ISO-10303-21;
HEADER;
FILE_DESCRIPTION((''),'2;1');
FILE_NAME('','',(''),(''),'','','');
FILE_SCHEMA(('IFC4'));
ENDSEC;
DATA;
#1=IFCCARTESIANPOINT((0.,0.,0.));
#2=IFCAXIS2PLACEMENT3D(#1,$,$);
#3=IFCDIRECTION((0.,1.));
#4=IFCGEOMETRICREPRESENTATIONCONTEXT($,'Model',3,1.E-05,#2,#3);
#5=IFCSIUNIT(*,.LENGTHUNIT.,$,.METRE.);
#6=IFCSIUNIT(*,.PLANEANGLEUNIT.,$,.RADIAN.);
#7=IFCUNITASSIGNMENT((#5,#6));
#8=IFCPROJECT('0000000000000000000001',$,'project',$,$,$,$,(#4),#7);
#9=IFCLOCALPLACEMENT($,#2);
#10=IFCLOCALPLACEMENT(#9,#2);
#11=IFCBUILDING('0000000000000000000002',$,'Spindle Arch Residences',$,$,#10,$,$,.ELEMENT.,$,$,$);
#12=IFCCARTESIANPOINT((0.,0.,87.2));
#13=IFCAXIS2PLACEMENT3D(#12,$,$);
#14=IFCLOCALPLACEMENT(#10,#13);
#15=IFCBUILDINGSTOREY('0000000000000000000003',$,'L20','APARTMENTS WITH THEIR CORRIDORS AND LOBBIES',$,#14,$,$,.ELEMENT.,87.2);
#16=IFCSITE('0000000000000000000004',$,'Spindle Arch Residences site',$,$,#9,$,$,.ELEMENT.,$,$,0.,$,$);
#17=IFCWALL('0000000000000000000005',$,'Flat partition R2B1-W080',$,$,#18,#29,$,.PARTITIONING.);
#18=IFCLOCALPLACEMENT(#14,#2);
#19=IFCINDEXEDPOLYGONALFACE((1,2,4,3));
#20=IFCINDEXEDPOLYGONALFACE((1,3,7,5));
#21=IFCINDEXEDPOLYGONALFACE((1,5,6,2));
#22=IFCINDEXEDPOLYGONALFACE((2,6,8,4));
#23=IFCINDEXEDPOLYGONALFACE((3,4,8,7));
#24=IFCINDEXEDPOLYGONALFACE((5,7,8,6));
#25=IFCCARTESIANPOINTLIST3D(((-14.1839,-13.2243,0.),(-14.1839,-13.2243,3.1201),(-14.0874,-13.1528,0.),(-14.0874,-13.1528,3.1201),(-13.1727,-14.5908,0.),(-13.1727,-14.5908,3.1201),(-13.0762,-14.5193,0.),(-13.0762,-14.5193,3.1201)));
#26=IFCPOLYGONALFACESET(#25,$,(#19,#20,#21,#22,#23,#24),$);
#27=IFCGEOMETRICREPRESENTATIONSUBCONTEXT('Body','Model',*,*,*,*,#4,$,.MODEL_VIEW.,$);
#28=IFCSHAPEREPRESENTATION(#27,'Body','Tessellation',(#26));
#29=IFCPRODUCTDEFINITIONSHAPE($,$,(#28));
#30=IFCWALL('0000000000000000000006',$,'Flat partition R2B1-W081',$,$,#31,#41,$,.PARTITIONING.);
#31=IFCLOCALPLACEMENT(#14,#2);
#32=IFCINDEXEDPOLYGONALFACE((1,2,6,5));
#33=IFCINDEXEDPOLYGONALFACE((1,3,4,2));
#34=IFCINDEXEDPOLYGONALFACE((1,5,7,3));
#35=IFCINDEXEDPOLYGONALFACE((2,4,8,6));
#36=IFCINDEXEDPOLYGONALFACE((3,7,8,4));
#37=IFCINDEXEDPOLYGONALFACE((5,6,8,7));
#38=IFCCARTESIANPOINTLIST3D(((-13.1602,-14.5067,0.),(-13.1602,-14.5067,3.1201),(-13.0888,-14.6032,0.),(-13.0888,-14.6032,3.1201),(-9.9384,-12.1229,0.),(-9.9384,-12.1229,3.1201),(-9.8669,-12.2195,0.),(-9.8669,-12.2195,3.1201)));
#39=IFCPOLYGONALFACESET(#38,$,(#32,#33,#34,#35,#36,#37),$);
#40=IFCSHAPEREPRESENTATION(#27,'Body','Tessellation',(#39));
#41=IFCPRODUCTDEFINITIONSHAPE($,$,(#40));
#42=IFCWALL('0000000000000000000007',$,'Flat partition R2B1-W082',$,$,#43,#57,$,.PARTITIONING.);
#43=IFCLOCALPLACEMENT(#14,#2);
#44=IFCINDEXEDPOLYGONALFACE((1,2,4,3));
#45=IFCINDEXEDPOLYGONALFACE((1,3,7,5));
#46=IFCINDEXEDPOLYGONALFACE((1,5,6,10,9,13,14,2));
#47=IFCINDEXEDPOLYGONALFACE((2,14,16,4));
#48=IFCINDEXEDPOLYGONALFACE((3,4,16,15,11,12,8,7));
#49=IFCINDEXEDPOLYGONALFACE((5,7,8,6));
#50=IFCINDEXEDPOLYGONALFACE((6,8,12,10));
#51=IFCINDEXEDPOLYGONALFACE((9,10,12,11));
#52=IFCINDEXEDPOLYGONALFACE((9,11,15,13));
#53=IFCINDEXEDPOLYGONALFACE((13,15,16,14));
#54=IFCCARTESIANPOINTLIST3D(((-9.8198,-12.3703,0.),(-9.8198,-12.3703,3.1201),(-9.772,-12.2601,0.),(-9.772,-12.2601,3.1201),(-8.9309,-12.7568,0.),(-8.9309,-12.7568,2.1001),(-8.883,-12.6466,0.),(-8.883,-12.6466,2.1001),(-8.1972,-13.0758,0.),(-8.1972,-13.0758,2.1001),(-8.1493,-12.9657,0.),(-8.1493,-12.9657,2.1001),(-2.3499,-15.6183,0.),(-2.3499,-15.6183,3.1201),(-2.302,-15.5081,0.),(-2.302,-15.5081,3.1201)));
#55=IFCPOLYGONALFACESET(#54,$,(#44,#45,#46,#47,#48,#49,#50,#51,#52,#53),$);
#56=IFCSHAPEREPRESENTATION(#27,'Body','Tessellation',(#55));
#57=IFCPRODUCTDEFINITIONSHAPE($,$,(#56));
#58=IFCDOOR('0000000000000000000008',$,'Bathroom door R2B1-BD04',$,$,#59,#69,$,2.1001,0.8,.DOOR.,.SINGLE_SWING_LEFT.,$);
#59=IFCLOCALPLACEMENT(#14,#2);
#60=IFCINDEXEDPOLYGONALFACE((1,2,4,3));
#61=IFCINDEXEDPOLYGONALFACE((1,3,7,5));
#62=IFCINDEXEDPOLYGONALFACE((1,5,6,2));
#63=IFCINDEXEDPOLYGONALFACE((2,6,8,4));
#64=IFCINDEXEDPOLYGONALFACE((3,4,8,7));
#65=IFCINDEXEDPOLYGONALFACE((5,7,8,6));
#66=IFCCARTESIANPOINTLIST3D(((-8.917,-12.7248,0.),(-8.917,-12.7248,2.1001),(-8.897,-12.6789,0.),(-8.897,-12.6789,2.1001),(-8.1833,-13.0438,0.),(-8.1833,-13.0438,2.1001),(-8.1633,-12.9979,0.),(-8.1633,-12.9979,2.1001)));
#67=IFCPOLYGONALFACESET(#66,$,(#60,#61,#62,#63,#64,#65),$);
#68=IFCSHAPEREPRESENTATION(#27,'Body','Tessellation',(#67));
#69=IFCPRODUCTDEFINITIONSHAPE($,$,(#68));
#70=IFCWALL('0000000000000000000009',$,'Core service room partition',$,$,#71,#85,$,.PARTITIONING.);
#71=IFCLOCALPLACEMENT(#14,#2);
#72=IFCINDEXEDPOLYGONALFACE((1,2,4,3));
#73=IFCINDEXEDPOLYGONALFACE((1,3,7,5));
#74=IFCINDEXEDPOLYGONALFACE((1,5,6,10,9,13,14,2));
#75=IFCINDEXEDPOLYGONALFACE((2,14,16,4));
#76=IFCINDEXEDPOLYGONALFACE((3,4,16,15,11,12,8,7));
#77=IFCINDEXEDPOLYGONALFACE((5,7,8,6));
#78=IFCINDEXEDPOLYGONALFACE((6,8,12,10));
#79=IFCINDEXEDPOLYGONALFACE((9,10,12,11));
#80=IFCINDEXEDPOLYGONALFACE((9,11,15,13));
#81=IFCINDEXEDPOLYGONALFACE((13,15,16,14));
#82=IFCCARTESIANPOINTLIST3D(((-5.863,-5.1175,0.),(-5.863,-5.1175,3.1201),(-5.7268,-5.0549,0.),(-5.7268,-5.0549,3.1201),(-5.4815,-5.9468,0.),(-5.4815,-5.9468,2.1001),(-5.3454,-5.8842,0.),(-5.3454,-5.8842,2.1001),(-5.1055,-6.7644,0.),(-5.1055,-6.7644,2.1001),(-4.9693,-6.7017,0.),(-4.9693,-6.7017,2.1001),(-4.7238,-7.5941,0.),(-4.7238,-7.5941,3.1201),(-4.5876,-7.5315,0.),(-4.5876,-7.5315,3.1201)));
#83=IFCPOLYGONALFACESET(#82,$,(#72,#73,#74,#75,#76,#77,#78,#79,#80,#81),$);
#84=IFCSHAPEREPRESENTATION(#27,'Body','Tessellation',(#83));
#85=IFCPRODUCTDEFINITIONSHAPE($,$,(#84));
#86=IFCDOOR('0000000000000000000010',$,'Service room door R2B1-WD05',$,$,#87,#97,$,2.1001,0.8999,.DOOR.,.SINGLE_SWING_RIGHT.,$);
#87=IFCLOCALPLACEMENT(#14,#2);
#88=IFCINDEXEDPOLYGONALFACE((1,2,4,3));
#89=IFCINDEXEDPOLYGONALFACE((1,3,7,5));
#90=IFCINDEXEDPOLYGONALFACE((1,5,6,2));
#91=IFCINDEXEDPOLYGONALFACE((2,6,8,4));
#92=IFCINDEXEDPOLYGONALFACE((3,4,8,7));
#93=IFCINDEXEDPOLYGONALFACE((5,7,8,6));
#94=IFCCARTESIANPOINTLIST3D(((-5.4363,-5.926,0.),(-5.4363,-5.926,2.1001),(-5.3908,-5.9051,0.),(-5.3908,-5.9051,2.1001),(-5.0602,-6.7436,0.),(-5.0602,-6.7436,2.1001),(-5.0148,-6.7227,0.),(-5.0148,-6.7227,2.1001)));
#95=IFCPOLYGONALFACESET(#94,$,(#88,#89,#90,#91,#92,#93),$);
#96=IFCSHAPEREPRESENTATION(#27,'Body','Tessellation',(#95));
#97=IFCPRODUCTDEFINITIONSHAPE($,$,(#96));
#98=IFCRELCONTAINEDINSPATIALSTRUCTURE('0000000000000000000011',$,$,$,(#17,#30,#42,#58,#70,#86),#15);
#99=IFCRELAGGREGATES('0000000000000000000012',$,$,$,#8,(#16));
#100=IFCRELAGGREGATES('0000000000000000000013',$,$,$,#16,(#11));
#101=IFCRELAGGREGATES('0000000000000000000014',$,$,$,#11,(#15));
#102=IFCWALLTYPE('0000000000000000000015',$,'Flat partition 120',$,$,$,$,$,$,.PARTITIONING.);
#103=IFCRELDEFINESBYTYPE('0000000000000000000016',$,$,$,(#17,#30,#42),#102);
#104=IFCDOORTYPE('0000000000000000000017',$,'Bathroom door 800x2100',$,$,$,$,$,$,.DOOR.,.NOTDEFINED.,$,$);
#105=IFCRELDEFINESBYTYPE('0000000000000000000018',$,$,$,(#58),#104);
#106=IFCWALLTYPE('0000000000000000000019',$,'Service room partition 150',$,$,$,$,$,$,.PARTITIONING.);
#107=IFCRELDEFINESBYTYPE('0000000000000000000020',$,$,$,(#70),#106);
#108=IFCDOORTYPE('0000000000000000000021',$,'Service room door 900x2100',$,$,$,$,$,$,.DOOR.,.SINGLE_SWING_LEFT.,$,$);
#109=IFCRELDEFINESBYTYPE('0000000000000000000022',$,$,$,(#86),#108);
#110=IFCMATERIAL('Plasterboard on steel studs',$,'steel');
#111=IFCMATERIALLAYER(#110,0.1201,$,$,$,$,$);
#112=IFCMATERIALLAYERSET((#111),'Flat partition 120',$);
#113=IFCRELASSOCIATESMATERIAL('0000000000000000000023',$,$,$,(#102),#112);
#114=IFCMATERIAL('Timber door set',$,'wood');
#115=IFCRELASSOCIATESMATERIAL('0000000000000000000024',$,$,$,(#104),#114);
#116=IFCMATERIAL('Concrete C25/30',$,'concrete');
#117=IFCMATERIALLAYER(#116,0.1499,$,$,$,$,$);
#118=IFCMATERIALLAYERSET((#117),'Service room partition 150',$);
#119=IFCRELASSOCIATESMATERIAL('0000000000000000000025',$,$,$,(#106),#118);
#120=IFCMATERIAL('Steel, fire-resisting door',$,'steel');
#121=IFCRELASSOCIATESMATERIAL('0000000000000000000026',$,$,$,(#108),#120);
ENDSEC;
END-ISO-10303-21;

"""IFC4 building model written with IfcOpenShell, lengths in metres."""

from ifc_helpers import new_model, si_unit, direction, frame, frame_2d, origin, place, context, subcontext, project, spatial, rectangle, extrude, material, layer, layer_set, type_object, element, fill, save


model = new_model("IFC4")

# Units and contexts
model_context = context("Model", 3, precision=1e-05, world=origin(), true_north=direction((0.0, 1.0)))
body_context = subcontext(model_context, "Body", "Model", "MODEL_VIEW")
ifc_project = project(units=[si_unit("LENGTHUNIT", "METRE"), si_unit("PLANEANGLEUNIT", "RADIAN")], contexts=[model_context])

# Site, building, storey
site_placement = place(None, origin())
site = spatial("IfcSite", under=ifc_project, at=site_placement, Name="Spindle Arch Residences site", CompositionType="ELEMENT", RefElevation=0.0)
building_placement = place(site_placement, origin())
building = spatial("IfcBuilding", under=site, at=building_placement, Name="Spindle Arch Residences", CompositionType="ELEMENT")
storey_placement = place(building_placement, frame((0.0, 0.0, 87.2)))
storey = spatial("IfcBuildingStorey", under=building, at=storey_placement, Name="L20", Description="APARTMENTS WITH THEIR CORRIDORS AND LOBBIES", CompositionType="ELEMENT", Elevation=87.2)

# Shared definitions
ifc_material_1 = material(Name="Plasterboard on steel studs", Category="steel")
ifc_layer_1 = layer(ifc_material_1, 0.1201)
ifc_layer_set_1 = layer_set([ifc_layer_1], Name="Flat partition 120")
wall_type_1 = type_object("IfcWallType", Name="Flat partition 120", PredefinedType="PARTITIONING", material=ifc_layer_set_1)

# Walls
wall_1_placement = place(storey_placement, frame((-14.1357, -13.1885, 0.0), z_axis=(0.0, 0.0, 1.0), x_axis=(0.594863, -0.803827, 0.0)))
element("IfcWall", 1, at=wall_1_placement, inside=storey, type_object=wall_type_1, Name="Flat partition R2B1-W080", PredefinedType="PARTITIONING", context=body_context, shape_type="SweptSolid", body=[
    extrude(rectangle(XDim=1.7, YDim=0.1201, at=frame_2d((0.8501, 0.0))), origin(), (0.0, 0.0, 1.0), 3.1201),
])
wall_2_placement = place(storey_placement, frame((-13.1245, -14.5549, 0.0), z_axis=(0.0, 0.0, 1.0), x_axis=(0.803894, 0.594773, 0.0)))
element("IfcWall", 2, at=wall_2_placement, inside=storey, type_object=wall_type_1, Name="Flat partition R2B1-W081", PredefinedType="PARTITIONING", context=body_context, shape_type="SweptSolid", body=[
    extrude(rectangle(XDim=4.0078, YDim=0.1201, at=frame_2d((2.0039, 0.0))), origin(), (0.0, 0.0, 1.0), 3.1201),
])

# Walls, openings, doors
wall_3_placement = place(storey_placement, frame((-9.7959, -12.3152, 0.0), z_axis=(0.0, 0.0, 1.0), x_axis=(0.91706, -0.39875, 0.0)))
wall_3 = element("IfcWall", 3, at=wall_3_placement, inside=storey, type_object=wall_type_1, Name="Flat partition R2B1-W082", PredefinedType="PARTITIONING", context=body_context, shape_type="SweptSolid", body=[
    extrude(rectangle(XDim=8.1455, YDim=0.1201, at=frame_2d((4.0728, 0.0))), origin(), (0.0, 0.0, 1.0), 3.1201),
])
opening_1_placement = place(wall_3_placement, frame((0.9695, 0.0, 0.0)))
opening_1 = element("IfcOpeningElement", 4, at=opening_1_placement, cuts=wall_3, PredefinedType="OPENING", context=body_context, shape_type="SweptSolid", body=[
    extrude(rectangle(XDim=0.8, YDim=2.1001, at=frame_2d((0.3999, 1.05))), frame((0.0, 0.0701, 0.0), z_axis=(0.0, -1.0, 0.0), x_axis=(1.0, 0.0, 0.0)), (0.0, 0.0, 1.0), 0.1401),
])
ifc_material_2 = material(Name="Timber door set", Category="wood")
door_type_1 = type_object("IfcDoorType", Name="Bathroom door 800x2100", OperationType="NOTDEFINED", PredefinedType="DOOR", material=ifc_material_2)
door_1_placement = place(opening_1_placement, origin())
door_1 = element("IfcDoor", 5, at=door_1_placement, inside=storey, type_object=door_type_1, Name="Bathroom door R2B1-BD04", OperationType="SINGLE_SWING_LEFT", OverallHeight=2.1001, OverallWidth=0.8, PredefinedType="DOOR", context=body_context, shape_type="SweptSolid", body=[
    extrude(rectangle(XDim=0.8, YDim=2.1001, at=frame_2d((0.3999, 1.05))), frame((0.0, 0.0249, 0.0), z_axis=(0.0, -1.0, 0.0), x_axis=(1.0, 0.0, 0.0)), (0.0, 0.0, 1.0), 0.05),
])
fill(opening_1, door_1)
ifc_material_3 = material(Name="Concrete C25/30", Category="concrete")
ifc_layer_2 = layer(ifc_material_3, 0.1499)
ifc_layer_set_2 = layer_set([ifc_layer_2], Name="Service room partition 150")
wall_type_2 = type_object("IfcWallType", Name="Service room partition 150", PredefinedType="PARTITIONING", material=ifc_layer_set_2)
wall_4_placement = place(storey_placement, frame((-5.7949, -5.0862, 0.0), z_axis=(0.0, 0.0, 1.0), x_axis=(0.417888, -0.908499, 0.0)))
wall_4 = element("IfcWall", 6, at=wall_4_placement, inside=storey, type_object=wall_type_2, Name="Core service room partition", PredefinedType="PARTITIONING", context=body_context, shape_type="SweptSolid", body=[
    extrude(rectangle(XDim=2.7261, YDim=0.1499, at=frame_2d((1.363, 0.0))), origin(), (0.0, 0.0, 1.0), 3.1201),
])
opening_2_placement = place(wall_4_placement, frame((0.9128, 0.0, 0.0)))
opening_2 = element("IfcOpeningElement", 7, at=opening_2_placement, cuts=wall_4, PredefinedType="OPENING", context=body_context, shape_type="SweptSolid", body=[
    extrude(rectangle(XDim=0.8999, YDim=2.1001, at=frame_2d((0.45, 1.05))), frame((0.0, 0.085, 0.0), z_axis=(0.0, -1.0, 0.0), x_axis=(1.0, 0.0, 0.0)), (0.0, 0.0, 1.0), 0.1699),
])
ifc_material_4 = material(Name="Steel, fire-resisting door", Category="steel")
door_type_2 = type_object("IfcDoorType", Name="Service room door 900x2100", OperationType="SINGLE_SWING_LEFT", PredefinedType="DOOR", material=ifc_material_4)
door_2_placement = place(opening_2_placement, origin())
door_2 = element("IfcDoor", 8, at=door_2_placement, inside=storey, type_object=door_type_2, Name="Service room door R2B1-WD05", OperationType="SINGLE_SWING_RIGHT", OverallHeight=2.1001, OverallWidth=0.8999, PredefinedType="DOOR", context=body_context, shape_type="SweptSolid", body=[
    extrude(rectangle(XDim=0.8999, YDim=2.1001, at=frame_2d((0.45, 1.05))), frame((0.0, 0.0249, 0.0), z_axis=(0.0, -1.0, 0.0), x_axis=(1.0, 0.0, 0.0)), (0.0, 0.0, 1.0), 0.05),
])
fill(opening_2, door_2)

save(model, "model.ifc")
